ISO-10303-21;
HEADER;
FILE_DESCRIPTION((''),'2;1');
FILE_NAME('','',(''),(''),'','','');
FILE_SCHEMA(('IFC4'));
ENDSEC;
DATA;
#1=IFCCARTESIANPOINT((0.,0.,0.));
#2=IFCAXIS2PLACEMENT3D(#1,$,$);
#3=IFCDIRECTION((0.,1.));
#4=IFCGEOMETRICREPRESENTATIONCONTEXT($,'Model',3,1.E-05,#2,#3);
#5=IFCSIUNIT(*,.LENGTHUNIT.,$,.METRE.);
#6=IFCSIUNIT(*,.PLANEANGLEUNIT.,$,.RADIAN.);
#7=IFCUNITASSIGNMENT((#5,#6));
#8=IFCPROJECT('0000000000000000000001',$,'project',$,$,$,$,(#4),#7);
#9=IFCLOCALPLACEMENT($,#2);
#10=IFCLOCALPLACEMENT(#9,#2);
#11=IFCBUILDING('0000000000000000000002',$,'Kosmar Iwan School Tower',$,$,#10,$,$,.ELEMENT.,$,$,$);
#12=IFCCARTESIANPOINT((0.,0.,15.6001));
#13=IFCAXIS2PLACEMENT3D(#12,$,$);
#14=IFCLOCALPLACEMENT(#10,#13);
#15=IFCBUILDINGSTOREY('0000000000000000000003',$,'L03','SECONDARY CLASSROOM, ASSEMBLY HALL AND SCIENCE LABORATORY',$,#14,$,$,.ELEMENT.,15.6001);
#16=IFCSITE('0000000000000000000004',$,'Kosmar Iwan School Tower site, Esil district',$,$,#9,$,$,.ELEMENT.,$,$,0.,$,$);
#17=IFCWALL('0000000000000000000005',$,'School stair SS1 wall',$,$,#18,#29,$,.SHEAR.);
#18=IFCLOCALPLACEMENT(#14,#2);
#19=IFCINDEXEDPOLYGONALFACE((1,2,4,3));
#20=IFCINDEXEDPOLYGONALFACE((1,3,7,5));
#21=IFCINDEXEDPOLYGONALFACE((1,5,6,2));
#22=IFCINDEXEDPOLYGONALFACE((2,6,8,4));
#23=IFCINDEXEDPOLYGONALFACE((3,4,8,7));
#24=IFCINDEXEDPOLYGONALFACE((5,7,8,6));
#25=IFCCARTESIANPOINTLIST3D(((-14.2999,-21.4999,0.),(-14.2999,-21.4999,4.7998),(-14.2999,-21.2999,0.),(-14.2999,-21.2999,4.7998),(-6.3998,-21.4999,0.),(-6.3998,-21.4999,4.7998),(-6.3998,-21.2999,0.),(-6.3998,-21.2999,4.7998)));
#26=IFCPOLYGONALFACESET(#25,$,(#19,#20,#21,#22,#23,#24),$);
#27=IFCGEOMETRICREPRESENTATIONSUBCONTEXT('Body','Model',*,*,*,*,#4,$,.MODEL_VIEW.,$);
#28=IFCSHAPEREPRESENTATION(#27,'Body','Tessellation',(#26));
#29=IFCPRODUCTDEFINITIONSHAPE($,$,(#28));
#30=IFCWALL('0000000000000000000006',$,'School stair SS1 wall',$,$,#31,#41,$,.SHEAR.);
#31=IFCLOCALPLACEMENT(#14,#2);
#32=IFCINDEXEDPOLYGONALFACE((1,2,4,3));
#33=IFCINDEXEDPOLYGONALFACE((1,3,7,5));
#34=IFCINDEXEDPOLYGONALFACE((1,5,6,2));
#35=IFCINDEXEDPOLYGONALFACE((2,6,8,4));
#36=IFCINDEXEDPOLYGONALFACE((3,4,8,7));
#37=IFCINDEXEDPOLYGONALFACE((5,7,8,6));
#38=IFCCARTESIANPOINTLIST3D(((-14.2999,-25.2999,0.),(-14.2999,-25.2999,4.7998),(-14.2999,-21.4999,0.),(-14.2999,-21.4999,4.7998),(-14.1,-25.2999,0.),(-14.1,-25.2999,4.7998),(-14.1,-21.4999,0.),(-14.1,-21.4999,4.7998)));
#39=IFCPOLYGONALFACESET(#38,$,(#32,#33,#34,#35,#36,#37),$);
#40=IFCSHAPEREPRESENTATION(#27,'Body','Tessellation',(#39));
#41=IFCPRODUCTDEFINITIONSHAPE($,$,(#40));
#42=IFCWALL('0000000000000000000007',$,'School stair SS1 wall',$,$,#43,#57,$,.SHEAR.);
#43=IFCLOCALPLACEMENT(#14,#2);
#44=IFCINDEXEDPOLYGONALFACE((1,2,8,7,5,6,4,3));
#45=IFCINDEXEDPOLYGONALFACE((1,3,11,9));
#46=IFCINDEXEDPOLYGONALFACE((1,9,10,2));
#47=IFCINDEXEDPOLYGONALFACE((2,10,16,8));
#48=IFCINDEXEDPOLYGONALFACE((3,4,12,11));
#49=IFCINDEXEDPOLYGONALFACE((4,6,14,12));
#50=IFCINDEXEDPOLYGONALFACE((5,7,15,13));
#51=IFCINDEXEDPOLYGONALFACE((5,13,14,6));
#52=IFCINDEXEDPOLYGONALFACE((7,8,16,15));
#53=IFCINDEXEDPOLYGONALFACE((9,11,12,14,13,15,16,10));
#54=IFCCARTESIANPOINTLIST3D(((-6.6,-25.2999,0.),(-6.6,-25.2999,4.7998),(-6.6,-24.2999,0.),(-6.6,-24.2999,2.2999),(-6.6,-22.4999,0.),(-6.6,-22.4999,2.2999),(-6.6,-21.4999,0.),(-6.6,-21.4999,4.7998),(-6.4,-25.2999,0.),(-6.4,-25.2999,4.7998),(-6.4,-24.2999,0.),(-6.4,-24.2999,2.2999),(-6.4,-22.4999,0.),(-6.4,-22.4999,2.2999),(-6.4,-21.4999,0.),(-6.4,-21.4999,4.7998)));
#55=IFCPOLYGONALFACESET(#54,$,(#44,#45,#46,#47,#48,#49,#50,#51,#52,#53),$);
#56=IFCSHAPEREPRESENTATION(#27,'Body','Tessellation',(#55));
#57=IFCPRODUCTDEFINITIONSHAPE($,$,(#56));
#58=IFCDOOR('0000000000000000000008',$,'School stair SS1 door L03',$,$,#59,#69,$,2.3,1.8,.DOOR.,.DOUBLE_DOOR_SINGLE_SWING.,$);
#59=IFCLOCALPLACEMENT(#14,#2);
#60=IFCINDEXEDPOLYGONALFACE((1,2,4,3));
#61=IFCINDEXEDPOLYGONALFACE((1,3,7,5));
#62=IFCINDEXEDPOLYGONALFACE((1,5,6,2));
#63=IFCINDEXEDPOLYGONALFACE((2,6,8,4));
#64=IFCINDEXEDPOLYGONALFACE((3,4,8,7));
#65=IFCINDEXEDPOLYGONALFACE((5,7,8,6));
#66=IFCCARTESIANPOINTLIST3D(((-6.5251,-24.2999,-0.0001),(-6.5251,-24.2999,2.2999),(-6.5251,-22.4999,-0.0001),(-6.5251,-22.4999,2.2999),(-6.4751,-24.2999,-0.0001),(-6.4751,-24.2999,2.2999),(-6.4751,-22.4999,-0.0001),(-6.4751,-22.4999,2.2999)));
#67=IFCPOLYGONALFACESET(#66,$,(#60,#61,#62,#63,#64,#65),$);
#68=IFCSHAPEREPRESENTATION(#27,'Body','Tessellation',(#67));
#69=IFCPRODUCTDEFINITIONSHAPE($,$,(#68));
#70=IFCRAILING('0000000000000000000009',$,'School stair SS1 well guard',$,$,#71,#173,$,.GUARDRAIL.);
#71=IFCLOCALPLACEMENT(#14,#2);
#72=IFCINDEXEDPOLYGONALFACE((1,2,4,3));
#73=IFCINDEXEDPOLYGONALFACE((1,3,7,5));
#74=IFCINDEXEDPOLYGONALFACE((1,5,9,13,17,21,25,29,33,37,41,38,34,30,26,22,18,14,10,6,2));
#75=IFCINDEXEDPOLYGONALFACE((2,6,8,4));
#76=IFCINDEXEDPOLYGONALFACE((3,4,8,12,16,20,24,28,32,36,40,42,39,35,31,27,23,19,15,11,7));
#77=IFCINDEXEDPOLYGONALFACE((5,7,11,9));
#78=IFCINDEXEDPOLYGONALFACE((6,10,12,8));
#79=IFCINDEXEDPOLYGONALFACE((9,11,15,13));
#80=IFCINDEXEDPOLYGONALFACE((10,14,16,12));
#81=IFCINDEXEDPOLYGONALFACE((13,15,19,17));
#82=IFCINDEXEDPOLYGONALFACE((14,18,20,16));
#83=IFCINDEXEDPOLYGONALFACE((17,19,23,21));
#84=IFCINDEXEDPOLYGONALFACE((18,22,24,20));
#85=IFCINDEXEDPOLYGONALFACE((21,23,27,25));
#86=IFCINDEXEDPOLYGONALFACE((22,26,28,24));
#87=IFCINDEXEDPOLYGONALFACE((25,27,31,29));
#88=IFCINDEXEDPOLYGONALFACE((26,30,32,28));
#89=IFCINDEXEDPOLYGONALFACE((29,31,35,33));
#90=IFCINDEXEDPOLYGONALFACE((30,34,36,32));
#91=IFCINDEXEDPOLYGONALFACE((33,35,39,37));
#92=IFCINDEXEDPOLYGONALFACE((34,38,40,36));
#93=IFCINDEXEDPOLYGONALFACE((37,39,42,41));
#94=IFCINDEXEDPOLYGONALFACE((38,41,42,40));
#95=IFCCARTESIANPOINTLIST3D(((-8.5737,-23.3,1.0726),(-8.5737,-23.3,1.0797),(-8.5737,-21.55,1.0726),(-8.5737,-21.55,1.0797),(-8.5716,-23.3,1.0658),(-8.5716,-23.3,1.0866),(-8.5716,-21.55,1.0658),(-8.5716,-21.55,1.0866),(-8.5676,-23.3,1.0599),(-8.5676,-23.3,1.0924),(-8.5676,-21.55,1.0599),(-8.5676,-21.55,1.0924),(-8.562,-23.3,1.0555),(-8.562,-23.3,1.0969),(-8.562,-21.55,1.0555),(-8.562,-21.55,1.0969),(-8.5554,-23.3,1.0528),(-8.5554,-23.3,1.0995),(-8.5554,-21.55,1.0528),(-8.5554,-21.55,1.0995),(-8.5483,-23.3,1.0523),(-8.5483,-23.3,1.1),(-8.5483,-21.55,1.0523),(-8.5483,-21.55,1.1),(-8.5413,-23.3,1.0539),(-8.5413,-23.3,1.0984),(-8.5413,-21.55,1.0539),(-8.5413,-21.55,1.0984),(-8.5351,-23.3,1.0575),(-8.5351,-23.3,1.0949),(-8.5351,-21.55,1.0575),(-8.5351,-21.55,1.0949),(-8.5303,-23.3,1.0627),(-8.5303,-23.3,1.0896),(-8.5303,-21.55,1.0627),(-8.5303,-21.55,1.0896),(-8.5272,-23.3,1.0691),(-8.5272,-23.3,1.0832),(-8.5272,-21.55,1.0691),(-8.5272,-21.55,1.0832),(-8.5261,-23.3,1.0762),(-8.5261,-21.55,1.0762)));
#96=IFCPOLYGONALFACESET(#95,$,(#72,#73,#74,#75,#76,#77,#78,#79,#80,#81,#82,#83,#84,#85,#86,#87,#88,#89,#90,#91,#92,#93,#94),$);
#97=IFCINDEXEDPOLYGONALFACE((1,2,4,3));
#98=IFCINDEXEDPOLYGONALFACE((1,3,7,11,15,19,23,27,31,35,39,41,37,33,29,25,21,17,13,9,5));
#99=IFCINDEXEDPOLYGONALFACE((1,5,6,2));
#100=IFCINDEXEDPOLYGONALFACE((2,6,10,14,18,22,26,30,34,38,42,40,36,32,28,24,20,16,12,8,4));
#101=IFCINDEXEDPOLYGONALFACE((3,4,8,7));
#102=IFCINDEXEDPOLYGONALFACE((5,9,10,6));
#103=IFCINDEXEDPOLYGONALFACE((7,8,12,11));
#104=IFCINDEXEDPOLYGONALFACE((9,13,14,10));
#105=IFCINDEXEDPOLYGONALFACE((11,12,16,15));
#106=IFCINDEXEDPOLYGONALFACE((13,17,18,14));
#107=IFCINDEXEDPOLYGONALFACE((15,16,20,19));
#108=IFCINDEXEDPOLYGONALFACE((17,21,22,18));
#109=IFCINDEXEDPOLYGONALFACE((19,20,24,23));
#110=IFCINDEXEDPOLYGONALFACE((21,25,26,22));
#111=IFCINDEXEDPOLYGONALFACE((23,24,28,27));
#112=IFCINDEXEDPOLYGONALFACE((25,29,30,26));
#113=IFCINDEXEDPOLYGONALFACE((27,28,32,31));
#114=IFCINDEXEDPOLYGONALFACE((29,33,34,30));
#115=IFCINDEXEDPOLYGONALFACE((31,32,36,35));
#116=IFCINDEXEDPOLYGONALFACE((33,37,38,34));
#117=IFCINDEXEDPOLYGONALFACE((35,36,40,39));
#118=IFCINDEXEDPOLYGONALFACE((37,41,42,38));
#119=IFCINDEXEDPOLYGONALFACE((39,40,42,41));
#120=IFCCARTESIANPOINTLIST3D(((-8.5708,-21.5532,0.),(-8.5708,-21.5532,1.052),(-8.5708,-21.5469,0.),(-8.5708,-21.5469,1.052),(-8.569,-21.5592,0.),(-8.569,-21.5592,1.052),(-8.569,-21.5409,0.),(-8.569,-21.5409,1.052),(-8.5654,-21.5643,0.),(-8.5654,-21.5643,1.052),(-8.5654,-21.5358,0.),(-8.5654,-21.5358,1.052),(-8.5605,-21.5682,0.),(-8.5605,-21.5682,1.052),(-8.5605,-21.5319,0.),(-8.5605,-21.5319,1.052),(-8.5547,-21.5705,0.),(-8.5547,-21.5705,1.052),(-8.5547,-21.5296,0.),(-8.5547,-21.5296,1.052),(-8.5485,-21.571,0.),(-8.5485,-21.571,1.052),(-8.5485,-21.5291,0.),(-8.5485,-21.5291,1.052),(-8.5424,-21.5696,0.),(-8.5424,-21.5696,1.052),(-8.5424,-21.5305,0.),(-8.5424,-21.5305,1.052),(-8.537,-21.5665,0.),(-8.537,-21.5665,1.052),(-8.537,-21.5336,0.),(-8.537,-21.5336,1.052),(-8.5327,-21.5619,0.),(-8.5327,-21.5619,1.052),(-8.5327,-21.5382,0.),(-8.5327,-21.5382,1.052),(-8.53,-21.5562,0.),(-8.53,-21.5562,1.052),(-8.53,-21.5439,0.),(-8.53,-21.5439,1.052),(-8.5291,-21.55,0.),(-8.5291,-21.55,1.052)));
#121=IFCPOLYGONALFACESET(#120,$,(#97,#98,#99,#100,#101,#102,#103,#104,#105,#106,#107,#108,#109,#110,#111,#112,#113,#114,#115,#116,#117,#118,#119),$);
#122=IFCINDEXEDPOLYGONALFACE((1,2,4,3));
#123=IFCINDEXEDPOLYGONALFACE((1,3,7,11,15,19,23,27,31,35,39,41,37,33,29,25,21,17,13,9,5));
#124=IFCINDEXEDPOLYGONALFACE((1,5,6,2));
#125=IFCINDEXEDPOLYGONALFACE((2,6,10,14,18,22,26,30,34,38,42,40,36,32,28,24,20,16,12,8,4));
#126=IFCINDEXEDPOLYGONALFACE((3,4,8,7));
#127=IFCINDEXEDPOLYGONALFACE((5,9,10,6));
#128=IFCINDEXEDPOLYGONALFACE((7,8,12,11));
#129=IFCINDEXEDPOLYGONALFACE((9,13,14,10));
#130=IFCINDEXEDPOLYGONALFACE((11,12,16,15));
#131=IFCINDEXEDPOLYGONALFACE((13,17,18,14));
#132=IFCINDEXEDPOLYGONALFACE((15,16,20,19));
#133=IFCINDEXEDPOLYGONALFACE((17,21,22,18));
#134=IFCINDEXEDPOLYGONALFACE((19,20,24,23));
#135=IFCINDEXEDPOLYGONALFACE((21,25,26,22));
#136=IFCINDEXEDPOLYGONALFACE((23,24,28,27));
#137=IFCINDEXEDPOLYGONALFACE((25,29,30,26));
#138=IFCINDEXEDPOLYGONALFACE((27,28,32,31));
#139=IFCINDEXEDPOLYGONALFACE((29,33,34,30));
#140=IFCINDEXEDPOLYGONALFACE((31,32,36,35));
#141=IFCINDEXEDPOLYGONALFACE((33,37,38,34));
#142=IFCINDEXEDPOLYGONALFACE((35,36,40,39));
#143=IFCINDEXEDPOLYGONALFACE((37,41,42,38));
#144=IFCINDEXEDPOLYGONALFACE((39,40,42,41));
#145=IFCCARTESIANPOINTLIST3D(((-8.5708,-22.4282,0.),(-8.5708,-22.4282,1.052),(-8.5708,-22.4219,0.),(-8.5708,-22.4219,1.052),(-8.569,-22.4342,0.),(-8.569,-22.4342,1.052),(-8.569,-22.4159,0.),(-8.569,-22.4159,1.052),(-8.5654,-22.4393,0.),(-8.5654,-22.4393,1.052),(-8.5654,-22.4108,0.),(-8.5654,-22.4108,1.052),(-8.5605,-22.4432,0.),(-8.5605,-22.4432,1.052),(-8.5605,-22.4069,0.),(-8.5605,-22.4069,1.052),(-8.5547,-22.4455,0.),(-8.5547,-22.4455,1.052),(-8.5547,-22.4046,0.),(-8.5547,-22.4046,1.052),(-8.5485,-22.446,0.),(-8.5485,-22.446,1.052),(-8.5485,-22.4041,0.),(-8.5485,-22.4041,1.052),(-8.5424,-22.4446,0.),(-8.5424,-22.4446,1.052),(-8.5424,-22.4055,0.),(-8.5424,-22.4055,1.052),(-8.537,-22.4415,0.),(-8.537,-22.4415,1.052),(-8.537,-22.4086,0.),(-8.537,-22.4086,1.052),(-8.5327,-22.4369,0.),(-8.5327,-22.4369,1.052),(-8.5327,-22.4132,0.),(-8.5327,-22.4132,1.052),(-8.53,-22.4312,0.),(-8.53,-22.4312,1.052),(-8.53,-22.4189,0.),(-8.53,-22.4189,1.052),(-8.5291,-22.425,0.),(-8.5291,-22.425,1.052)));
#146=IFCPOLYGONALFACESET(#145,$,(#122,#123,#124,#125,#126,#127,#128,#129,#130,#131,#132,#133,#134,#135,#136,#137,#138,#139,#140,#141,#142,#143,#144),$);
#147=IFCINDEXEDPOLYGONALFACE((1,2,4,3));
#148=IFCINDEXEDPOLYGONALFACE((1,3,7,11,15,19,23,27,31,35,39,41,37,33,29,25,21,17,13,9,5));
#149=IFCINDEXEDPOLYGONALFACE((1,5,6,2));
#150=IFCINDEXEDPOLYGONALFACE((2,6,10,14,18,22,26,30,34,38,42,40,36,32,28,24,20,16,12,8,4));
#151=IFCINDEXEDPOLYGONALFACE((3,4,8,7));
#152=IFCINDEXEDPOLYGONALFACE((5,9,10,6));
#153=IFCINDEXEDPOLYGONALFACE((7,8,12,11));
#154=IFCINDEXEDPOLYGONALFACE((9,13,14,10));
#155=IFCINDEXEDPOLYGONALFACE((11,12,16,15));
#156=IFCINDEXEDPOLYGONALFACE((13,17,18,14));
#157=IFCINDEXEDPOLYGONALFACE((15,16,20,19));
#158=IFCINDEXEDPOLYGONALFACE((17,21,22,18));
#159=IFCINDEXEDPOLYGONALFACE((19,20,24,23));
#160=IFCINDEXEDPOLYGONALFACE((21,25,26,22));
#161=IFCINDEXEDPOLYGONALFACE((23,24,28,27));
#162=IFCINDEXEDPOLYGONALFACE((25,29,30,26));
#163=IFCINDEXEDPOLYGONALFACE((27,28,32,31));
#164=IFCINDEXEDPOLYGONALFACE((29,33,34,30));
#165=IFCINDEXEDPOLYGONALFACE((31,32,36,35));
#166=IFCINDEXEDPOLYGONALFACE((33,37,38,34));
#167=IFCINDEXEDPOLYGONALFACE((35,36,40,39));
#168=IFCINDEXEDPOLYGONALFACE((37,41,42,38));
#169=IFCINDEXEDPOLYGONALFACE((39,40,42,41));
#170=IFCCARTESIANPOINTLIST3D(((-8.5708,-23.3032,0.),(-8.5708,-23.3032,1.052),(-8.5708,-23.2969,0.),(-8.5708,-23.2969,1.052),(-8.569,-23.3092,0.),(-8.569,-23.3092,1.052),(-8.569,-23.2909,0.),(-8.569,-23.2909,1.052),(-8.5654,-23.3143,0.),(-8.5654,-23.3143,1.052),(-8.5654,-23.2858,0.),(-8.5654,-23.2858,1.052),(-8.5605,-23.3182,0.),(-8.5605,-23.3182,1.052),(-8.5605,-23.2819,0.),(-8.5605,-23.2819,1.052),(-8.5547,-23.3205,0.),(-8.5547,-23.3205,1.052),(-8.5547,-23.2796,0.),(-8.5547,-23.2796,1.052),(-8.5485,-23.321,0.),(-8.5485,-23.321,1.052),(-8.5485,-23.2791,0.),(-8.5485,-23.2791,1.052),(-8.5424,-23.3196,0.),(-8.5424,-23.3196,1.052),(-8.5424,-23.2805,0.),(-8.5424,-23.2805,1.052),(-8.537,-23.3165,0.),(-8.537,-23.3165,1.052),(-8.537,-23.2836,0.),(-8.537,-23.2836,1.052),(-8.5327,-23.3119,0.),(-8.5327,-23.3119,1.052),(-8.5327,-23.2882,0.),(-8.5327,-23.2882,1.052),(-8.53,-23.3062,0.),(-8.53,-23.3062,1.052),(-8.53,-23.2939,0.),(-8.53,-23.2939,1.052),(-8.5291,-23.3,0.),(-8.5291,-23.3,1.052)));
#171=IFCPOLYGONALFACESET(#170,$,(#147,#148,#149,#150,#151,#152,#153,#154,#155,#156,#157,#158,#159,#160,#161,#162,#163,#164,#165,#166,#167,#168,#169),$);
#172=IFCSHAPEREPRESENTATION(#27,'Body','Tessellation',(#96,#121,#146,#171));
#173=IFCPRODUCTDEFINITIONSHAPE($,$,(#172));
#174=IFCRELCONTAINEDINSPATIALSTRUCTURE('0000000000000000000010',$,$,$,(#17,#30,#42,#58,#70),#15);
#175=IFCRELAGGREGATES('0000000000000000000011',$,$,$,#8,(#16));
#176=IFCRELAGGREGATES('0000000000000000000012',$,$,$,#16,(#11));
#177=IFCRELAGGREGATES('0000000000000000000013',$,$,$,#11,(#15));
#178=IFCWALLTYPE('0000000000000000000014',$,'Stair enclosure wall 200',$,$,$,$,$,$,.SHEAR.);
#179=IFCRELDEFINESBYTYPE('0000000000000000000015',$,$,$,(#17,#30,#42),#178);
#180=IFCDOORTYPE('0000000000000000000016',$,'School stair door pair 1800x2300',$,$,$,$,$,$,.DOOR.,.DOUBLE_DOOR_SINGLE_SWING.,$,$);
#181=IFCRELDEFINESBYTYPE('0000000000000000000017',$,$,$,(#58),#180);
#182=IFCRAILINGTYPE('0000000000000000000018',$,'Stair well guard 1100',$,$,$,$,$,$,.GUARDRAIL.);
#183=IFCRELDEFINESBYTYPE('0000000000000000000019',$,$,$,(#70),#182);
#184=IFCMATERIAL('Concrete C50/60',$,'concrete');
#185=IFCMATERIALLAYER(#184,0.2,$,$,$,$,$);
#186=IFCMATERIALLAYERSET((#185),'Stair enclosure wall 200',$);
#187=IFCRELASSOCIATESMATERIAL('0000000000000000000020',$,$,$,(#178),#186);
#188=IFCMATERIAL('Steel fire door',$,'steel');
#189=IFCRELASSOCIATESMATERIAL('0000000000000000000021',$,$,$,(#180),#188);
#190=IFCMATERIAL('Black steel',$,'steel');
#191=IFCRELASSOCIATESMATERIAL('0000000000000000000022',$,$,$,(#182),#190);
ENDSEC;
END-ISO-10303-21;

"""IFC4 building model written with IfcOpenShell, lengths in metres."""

from ifc_helpers import new_model, si_unit, direction, frame, frame_2d, origin, origin_2d, place, context, subcontext, project, spatial, rectangle, circle, extrude, material, layer, layer_set, type_object, element, fill, save


model = new_model("IFC4")

# Units and contexts
model_context = context("Model", 3, precision=1e-05, world=origin(), true_north=direction((0.0, 1.0)))
body_context = subcontext(model_context, "Body", "Model", "MODEL_VIEW")
ifc_project = project(units=[si_unit("LENGTHUNIT", "METRE"), si_unit("PLANEANGLEUNIT", "RADIAN")], contexts=[model_context])

# Site, building, storey
site_placement = place(None, origin())
site = spatial("IfcSite", under=ifc_project, at=site_placement, Name="Kosmar Iwan School Tower site, Esil district", CompositionType="ELEMENT", RefElevation=0.0)
building_placement = place(site_placement, origin())
building = spatial("IfcBuilding", under=site, at=building_placement, Name="Kosmar Iwan School Tower", CompositionType="ELEMENT")
storey_placement = place(building_placement, frame((0.0, 0.0, 15.6001)))
storey = spatial("IfcBuildingStorey", under=building, at=storey_placement, Name="L03", Description="SECONDARY CLASSROOM, ASSEMBLY HALL AND SCIENCE LABORATORY", CompositionType="ELEMENT", Elevation=15.6001)

# Walls
ifc_material_1 = material(Name="Concrete C50/60", Category="concrete")
ifc_layer_1 = layer(ifc_material_1, 0.2)
ifc_layer_set_1 = layer_set([ifc_layer_1], Name="Stair enclosure wall 200")
wall_type_1 = type_object("IfcWallType", Name="Stair enclosure wall 200", PredefinedType="SHEAR", material=ifc_layer_set_1)
wall_1_placement = place(storey_placement, frame((-14.3, -21.3999, 0.0), z_axis=(0.0, 0.0, 1.0), x_axis=(1.0, 0.0, 0.0)))
element("IfcWall", 1, at=wall_1_placement, inside=storey, type_object=wall_type_1, Name="School stair SS1 wall", PredefinedType="SHEAR", context=body_context, shape_type="SweptSolid", body=[
    extrude(rectangle(XDim=7.9001, YDim=0.2, at=frame_2d((3.9502, 0.0))), origin(), (0.0, 0.0, 1.0), 4.7998),
])
wall_2_placement = place(storey_placement, frame((-14.2, -21.5, 0.0), z_axis=(0.0, 0.0, 1.0), x_axis=(0.0, -1.0, 0.0)))
element("IfcWall", 2, at=wall_2_placement, inside=storey, type_object=wall_type_1, Name="School stair SS1 wall", PredefinedType="SHEAR", context=body_context, shape_type="SweptSolid", body=[
    extrude(rectangle(XDim=3.8, YDim=0.2, at=frame_2d((1.8999, 0.0))), origin(), (0.0, 0.0, 1.0), 4.7998),
])

# Wall, opening, door
wall_3_placement = place(storey_placement, frame((-6.5, -21.5, 0.0), z_axis=(0.0, 0.0, 1.0), x_axis=(0.0, -1.0, 0.0)))
wall_3 = element("IfcWall", 3, at=wall_3_placement, inside=storey, type_object=wall_type_1, Name="School stair SS1 wall", PredefinedType="SHEAR", context=body_context, shape_type="SweptSolid", body=[
    extrude(rectangle(XDim=3.8, YDim=0.2, at=frame_2d((1.8999, 0.0))), origin(), (0.0, 0.0, 1.0), 4.7998),
])
opening_1_placement = place(wall_3_placement, frame((1.0, 0.0, 0.0)))
opening_1 = element("IfcOpeningElement", 4, at=opening_1_placement, cuts=wall_3, PredefinedType="OPENING", context=body_context, shape_type="SweptSolid", body=[
    extrude(rectangle(XDim=1.8, YDim=2.3, at=frame_2d((0.8999, 1.1499))), frame((0.0, 0.1121, 0.0), z_axis=(0.0, -1.0, 0.0), x_axis=(1.0, 0.0, 0.0)), (0.0, 0.0, 1.0), 0.2239),
])
ifc_material_2 = material(Name="Steel fire door", Category="steel")
door_type_1 = type_object("IfcDoorType", Name="School stair door pair 1800x2300", OperationType="DOUBLE_DOOR_SINGLE_SWING", PredefinedType="DOOR", material=ifc_material_2)
door_1_placement = place(opening_1_placement, origin())
door_1 = element("IfcDoor", 5, at=door_1_placement, inside=storey, type_object=door_type_1, Name="School stair SS1 door L03", OperationType="DOUBLE_DOOR_SINGLE_SWING", OverallHeight=2.3, OverallWidth=1.8, PredefinedType="DOOR", context=body_context, shape_type="SweptSolid", body=[
    extrude(rectangle(XDim=1.8, YDim=2.3, at=frame_2d((0.8999, 1.1499))), frame((0.0, 0.0249, 0.0), z_axis=(0.0, -1.0, 0.0), x_axis=(1.0, 0.0, 0.0)), (0.0, 0.0, 1.0), 0.05),
])
fill(opening_1, door_1)

# Railing
ifc_material_3 = material(Name="Black steel", Category="steel")
railing_type_1 = type_object("IfcRailingType", Name="Stair well guard 1100", PredefinedType="GUARDRAIL", material=ifc_material_3)
railing_1_placement = place(storey_placement, frame((-8.55, -21.55, 0.0)))
element("IfcRailing", 6, at=railing_1_placement, inside=storey, type_object=railing_type_1, Name="School stair SS1 well guard", PredefinedType="GUARDRAIL", context=body_context, shape_type="SweptSolid", body=[
    extrude(circle(Radius=0.0239, at=origin_2d()), frame((0.0, 0.0, 1.0762), z_axis=(0.0, -1.0, 0.0), x_axis=(1.0, 0.0, 0.0)), (0.0, 0.0, 1.0), 1.75),
    extrude(circle(Radius=0.021, at=origin_2d()), origin(), (0.0, 0.0, 1.0), 1.052),
    extrude(circle(Radius=0.021, at=origin_2d()), frame((0.0, -0.875, 0.0)), (0.0, 0.0, 1.0), 1.052),
    extrude(circle(Radius=0.021, at=origin_2d()), frame((0.0, -1.75, 0.0)), (0.0, 0.0, 1.0), 1.052),
])

save(model, "model.ifc")
